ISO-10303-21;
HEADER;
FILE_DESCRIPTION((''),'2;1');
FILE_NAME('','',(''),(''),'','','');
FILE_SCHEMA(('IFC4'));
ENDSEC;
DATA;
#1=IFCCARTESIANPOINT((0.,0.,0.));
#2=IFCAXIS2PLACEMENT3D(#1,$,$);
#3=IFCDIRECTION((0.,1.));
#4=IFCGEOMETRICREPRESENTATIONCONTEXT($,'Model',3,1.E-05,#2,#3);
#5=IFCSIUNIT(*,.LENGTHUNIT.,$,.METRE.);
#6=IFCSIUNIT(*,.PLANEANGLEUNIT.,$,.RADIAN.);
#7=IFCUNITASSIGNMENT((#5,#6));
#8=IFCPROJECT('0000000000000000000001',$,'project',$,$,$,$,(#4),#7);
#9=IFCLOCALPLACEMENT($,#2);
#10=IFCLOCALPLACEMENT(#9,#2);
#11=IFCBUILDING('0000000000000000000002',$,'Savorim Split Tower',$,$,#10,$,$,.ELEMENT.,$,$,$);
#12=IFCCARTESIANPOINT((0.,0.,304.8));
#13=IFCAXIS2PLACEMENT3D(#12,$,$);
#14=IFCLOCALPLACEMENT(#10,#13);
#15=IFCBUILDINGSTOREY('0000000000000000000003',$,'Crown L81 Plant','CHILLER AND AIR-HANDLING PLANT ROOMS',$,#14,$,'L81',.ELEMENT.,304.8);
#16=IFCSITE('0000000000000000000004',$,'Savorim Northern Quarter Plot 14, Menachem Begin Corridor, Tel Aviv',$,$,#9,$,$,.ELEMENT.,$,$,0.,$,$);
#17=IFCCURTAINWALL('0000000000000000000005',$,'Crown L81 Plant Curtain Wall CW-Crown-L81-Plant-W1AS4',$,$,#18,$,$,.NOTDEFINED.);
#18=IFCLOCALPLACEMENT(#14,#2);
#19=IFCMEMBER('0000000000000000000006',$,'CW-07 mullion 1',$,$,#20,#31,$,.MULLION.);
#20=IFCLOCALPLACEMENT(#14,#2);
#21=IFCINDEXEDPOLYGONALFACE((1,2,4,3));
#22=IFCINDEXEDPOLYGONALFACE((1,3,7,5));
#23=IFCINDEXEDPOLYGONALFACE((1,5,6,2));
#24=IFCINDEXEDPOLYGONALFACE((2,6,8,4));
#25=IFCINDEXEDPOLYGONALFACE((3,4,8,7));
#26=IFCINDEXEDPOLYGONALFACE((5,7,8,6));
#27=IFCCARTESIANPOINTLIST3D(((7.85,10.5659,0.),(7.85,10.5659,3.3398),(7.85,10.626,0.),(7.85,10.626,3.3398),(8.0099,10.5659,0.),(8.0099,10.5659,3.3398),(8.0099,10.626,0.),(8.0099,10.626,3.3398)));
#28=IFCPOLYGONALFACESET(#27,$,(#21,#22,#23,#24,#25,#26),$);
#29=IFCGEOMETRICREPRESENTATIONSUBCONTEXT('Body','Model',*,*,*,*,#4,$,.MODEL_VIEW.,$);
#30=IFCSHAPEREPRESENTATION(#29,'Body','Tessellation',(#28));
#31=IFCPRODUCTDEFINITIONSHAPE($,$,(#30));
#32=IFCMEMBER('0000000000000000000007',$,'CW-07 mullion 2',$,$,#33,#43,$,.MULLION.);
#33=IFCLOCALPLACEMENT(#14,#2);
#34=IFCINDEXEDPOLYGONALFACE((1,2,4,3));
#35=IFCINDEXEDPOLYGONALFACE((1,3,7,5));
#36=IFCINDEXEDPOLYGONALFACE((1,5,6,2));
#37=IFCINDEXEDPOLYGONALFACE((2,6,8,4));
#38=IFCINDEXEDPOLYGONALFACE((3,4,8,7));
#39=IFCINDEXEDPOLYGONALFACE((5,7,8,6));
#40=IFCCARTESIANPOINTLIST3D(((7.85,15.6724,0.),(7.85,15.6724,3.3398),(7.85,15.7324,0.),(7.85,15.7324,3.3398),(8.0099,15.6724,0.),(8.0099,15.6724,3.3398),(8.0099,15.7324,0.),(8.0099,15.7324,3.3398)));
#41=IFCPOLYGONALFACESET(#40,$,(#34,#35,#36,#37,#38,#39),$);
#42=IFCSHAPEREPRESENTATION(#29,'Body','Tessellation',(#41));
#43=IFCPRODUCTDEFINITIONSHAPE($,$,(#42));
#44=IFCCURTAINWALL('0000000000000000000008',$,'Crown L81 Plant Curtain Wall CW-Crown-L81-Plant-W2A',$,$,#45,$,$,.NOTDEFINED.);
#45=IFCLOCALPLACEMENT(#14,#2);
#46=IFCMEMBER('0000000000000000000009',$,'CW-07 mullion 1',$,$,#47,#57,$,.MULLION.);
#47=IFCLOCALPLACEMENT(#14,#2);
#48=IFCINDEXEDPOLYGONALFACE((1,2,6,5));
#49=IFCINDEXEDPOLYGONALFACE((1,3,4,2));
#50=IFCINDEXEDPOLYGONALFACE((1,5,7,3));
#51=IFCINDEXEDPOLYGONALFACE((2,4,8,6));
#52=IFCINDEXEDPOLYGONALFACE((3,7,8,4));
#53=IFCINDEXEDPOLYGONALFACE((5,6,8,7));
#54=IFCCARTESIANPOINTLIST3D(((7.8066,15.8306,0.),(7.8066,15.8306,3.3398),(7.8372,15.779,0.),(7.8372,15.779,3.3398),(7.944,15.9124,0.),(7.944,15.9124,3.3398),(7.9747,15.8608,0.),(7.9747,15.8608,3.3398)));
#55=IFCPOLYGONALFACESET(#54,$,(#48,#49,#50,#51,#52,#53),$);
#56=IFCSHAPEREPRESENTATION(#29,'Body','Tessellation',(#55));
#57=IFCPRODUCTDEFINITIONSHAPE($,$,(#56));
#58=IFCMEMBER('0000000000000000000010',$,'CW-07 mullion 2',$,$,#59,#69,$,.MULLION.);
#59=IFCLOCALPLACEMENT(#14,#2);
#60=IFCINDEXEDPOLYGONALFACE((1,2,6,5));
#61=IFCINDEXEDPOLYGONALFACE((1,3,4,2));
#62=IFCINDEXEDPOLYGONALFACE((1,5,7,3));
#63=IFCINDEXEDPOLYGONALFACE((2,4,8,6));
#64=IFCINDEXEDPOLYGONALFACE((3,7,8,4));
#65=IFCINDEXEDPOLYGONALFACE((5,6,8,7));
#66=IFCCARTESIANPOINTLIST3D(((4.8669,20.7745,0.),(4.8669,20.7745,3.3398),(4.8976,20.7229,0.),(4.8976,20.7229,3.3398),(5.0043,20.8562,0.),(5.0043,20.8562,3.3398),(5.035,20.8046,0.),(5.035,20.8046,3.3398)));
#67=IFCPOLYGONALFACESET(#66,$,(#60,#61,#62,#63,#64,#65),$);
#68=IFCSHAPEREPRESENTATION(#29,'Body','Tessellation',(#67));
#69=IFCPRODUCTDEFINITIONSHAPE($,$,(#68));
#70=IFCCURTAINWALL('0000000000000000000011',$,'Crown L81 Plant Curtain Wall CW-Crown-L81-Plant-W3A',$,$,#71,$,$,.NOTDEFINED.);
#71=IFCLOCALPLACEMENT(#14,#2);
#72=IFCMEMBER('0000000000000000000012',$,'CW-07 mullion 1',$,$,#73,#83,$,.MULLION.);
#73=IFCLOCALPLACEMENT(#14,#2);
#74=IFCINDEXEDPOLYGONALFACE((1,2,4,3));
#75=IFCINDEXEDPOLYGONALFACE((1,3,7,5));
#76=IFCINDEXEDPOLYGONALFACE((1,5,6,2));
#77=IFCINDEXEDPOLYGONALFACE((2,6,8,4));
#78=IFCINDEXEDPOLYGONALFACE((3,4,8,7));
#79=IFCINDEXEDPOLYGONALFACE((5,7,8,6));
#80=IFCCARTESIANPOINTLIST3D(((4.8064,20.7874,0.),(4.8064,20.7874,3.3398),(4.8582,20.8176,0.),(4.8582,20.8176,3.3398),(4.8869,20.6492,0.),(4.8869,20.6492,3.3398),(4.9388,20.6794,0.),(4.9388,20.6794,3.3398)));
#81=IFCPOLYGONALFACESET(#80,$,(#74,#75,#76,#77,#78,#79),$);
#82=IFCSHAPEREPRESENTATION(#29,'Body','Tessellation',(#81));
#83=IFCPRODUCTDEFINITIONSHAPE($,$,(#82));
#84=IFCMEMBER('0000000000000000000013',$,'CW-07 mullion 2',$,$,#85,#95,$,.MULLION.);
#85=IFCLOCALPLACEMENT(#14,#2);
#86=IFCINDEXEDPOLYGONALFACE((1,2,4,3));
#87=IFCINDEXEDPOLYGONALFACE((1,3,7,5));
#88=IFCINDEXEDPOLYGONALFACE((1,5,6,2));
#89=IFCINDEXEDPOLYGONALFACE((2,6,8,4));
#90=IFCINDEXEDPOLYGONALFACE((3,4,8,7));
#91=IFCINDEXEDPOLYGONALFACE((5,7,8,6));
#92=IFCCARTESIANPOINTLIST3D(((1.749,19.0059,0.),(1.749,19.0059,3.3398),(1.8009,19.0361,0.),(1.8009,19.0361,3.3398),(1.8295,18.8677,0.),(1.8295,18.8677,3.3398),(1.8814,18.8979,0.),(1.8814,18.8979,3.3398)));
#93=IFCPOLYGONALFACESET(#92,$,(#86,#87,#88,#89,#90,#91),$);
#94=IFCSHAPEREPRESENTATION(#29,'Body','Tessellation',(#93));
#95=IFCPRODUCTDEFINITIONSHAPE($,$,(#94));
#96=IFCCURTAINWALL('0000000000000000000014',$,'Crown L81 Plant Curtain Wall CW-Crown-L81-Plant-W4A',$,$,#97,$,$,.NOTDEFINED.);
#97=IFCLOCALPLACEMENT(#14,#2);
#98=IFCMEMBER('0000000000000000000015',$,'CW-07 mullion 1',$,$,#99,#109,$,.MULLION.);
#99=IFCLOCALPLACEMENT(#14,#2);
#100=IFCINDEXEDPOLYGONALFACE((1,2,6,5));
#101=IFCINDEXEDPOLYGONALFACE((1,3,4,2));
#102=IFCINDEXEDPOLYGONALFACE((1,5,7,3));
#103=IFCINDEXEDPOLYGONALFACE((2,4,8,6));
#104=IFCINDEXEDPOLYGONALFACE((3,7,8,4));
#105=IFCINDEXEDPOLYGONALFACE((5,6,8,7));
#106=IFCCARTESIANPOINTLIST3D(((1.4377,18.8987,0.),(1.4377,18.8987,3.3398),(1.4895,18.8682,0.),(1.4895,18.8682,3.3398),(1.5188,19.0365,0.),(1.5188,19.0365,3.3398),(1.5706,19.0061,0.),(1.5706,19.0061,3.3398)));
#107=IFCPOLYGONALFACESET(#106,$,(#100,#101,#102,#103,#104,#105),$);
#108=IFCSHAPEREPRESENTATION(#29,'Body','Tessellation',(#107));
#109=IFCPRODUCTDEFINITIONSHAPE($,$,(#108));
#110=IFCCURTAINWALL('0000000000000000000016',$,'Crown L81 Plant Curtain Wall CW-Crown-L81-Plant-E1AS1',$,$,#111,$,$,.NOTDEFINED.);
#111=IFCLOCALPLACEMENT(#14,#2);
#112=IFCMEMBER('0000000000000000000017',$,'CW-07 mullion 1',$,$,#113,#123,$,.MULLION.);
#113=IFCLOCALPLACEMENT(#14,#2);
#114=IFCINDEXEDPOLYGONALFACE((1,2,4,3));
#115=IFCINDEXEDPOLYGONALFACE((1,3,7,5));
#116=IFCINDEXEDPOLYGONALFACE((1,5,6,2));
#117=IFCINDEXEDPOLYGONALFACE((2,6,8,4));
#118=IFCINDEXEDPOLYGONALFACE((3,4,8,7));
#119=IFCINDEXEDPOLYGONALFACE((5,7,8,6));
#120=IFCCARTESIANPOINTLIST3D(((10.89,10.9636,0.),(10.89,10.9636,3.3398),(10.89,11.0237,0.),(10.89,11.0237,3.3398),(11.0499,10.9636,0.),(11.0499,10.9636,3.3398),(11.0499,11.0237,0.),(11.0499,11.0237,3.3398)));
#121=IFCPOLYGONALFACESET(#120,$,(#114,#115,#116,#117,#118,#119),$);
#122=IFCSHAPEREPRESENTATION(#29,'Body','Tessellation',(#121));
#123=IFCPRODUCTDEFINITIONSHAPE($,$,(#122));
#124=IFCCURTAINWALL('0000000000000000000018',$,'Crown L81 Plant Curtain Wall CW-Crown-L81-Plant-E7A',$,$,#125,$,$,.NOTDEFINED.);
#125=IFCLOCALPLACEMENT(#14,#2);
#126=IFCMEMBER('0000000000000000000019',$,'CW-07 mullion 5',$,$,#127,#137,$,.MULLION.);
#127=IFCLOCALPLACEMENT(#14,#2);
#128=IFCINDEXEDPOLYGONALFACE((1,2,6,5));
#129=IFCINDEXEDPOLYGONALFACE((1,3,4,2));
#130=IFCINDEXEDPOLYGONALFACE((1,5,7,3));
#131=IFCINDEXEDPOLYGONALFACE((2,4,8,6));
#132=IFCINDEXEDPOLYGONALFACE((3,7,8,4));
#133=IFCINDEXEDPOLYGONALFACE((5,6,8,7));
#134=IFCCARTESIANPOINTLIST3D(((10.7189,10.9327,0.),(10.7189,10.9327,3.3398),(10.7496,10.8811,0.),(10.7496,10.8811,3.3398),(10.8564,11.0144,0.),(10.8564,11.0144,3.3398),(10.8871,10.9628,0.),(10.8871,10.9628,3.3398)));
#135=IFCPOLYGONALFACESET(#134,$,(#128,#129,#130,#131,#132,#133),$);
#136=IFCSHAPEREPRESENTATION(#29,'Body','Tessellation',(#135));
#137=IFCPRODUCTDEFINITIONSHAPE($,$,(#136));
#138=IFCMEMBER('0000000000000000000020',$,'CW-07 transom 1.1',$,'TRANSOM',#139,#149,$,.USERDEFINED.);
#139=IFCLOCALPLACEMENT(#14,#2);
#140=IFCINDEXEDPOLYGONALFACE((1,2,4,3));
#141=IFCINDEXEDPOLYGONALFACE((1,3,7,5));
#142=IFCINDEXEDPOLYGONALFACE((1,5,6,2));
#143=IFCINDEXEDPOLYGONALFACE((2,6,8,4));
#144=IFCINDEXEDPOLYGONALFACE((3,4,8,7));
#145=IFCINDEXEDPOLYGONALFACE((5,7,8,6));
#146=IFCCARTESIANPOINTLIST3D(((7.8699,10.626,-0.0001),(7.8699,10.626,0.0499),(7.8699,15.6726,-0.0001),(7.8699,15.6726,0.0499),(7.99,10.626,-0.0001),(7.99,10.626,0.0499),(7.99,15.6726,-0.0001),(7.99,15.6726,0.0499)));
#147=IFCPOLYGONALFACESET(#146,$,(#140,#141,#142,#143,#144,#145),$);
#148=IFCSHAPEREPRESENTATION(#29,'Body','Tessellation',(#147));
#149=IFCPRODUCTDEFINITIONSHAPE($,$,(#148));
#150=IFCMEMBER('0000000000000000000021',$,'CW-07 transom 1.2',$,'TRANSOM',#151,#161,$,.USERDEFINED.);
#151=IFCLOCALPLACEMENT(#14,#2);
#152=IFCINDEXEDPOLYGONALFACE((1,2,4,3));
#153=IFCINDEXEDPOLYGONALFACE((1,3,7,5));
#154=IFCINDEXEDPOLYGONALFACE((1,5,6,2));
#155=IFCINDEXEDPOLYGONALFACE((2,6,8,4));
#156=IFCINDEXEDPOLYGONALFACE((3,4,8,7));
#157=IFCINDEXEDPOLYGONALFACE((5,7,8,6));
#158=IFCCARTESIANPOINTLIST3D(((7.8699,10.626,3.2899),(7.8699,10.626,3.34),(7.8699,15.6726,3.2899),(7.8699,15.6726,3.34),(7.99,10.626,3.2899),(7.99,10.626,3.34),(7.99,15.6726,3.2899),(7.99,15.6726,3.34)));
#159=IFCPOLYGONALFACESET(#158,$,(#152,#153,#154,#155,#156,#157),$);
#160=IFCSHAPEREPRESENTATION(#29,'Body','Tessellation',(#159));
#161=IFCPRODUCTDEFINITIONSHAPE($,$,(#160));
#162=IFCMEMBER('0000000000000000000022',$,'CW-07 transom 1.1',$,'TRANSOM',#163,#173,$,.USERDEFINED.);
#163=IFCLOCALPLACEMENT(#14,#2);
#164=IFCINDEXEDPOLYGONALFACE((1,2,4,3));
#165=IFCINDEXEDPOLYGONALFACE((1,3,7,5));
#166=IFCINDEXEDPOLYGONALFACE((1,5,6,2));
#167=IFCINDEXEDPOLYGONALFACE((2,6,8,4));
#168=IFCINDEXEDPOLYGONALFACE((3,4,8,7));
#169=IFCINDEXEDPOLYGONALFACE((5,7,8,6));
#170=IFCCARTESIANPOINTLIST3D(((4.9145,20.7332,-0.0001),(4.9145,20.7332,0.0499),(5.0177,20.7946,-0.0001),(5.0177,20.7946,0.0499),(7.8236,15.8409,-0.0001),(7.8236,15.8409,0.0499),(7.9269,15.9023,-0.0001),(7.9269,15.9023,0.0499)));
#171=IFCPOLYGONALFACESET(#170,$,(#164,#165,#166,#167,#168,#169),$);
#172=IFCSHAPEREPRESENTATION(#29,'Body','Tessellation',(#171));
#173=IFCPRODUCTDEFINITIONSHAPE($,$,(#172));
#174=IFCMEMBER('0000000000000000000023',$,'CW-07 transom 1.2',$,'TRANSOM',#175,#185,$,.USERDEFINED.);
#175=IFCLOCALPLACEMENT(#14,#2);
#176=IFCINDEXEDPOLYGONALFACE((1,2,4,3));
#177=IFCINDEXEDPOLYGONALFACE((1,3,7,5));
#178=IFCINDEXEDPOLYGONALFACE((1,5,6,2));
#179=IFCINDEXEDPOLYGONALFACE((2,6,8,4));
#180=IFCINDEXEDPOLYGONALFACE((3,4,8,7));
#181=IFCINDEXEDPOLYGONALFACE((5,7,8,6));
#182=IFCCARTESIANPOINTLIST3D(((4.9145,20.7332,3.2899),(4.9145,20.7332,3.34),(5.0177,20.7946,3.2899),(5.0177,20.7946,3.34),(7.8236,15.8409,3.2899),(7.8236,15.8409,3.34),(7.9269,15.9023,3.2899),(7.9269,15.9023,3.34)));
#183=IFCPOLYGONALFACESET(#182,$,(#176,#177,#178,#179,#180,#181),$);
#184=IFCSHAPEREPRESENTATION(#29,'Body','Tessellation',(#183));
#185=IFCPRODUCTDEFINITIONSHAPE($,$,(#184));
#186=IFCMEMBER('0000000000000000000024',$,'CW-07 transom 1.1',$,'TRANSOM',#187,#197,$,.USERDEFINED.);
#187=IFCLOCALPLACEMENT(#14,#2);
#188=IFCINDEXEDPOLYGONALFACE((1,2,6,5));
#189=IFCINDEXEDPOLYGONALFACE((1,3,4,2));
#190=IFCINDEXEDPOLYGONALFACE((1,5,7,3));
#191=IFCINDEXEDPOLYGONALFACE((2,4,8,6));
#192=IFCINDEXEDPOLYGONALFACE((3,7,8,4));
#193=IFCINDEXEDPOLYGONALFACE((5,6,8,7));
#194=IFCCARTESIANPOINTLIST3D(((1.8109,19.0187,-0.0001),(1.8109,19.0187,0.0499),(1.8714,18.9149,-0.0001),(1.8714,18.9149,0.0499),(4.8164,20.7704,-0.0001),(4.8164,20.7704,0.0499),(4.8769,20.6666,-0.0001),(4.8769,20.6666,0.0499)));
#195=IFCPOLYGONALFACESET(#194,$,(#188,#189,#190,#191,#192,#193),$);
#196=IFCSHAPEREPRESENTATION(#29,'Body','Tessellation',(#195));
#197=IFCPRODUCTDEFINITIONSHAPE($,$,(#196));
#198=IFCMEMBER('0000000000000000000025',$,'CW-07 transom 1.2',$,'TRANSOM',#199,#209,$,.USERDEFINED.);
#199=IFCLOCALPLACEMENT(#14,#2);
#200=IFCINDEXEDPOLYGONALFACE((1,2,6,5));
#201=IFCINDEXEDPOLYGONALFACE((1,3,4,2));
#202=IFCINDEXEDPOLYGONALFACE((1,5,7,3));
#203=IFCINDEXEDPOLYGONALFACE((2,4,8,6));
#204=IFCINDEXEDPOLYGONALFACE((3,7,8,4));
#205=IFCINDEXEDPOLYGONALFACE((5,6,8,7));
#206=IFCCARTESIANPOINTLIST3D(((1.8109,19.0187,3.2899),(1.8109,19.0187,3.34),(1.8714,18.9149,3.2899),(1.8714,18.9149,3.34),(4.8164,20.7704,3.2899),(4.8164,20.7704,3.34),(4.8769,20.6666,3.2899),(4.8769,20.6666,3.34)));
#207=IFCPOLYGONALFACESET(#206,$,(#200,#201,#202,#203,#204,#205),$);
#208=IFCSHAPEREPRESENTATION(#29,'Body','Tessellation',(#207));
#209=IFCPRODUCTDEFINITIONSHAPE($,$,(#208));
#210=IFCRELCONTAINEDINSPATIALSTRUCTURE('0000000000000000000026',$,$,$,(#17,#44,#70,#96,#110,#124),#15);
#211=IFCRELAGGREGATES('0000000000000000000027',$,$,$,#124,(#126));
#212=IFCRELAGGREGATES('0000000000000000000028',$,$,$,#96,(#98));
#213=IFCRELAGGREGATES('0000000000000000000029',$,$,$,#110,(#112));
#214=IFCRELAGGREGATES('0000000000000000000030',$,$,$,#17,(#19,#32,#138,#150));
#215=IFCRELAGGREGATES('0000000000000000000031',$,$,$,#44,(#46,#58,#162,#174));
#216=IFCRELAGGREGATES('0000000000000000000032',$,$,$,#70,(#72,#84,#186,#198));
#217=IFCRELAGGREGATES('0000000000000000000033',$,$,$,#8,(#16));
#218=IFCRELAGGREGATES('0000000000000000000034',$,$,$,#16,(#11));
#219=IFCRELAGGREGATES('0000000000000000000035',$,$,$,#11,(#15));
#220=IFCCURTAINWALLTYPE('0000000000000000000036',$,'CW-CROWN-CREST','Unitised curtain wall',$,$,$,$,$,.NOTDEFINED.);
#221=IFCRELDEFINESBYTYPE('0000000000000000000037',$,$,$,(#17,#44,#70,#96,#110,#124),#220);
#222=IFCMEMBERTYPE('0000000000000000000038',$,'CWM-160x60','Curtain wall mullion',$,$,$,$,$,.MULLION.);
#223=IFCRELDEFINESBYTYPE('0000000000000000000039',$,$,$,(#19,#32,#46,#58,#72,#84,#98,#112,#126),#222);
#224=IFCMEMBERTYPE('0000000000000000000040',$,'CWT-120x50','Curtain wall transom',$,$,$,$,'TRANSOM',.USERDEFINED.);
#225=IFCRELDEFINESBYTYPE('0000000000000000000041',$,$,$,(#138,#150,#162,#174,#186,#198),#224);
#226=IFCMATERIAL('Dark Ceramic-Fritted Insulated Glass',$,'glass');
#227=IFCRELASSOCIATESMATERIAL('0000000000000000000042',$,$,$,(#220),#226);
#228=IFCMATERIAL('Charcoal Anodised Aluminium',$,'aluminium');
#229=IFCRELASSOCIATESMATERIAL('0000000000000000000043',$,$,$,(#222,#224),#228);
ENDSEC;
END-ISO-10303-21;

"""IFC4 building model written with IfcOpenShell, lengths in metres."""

from ifc_helpers import new_model, si_unit, direction, frame, origin, origin_2d, place, context, subcontext, project, spatial, rectangle, extrude, material, material_profile, profile_set, type_object, element, aggregate, save


model = new_model("IFC4")

# Units and contexts
model_context = context("Model", 3, precision=1e-05, world=origin(), true_north=direction((0.0, 1.0)))
body_context = subcontext(model_context, "Body", "Model", "MODEL_VIEW")
ifc_project = project(units=[si_unit("LENGTHUNIT", "METRE"), si_unit("PLANEANGLEUNIT", "RADIAN")], contexts=[model_context])

# Site, building, storey
site_placement = place(None, origin())
site = spatial("IfcSite", under=ifc_project, at=site_placement, Name="Savorim Northern Quarter Plot 14, Menachem Begin Corridor, Tel Aviv", CompositionType="ELEMENT", RefElevation=0.0)
building_placement = place(site_placement, origin())
building = spatial("IfcBuilding", under=site, at=building_placement, Name="Savorim Split Tower", CompositionType="ELEMENT")
storey_placement = place(building_placement, frame((0.0, 0.0, 304.8)))
storey = spatial("IfcBuildingStorey", under=building, at=storey_placement, Name="Crown L81 Plant", Description="CHILLER AND AIR-HANDLING PLANT ROOMS", LongName="L81", CompositionType="ELEMENT", Elevation=304.8)

# Curtain walls, members
ifc_material_1 = material(Name="Dark Ceramic-Fritted Insulated Glass", Category="glass")
curtain_wall_type = type_object("IfcCurtainWallType", Name="CW-CROWN-CREST", Description="Unitised curtain wall", PredefinedType="NOTDEFINED", material=ifc_material_1)
curtain_wall_1_placement = place(storey_placement, origin())
curtain_wall_1 = element("IfcCurtainWall", 1, at=curtain_wall_1_placement, inside=storey, type_object=curtain_wall_type, Name="Crown L81 Plant Curtain Wall CW-Crown-L81-Plant-W1AS4", PredefinedType="NOTDEFINED")
ifc_material_2 = material(Name="Charcoal Anodised Aluminium", Category="aluminium")
ifc_material_profile_1 = material_profile(ifc_material_2, rectangle(XDim=0.1599, YDim=0.0601, at=origin_2d()), Name="ALU-M 160x60")
ifc_profile_set_1 = profile_set([ifc_material_profile_1], Name="Charcoal Anodised Aluminium")
member_type_1 = type_object("IfcMemberType", Name="CWM-160x60", Description="Curtain wall mullion", PredefinedType="MULLION", material=ifc_profile_set_1)
member_1_placement = place(storey_placement, frame((7.9299, 10.5959, 0.0), z_axis=(0.0, 0.0, 1.0), x_axis=(-1.0, 0.0, 0.0)))
member_1 = element("IfcMember", 2, at=member_1_placement, type_object=member_type_1, Name="CW-07 mullion 1", PredefinedType="MULLION", context=body_context, shape_type="SweptSolid", body=[
    extrude(rectangle(XDim=0.1599, YDim=0.0601, at=origin_2d()), origin(), (0.0, 0.0, 1.0), 3.3398),
])
member_2_placement = place(storey_placement, frame((7.9299, 15.7024, 0.0), z_axis=(0.0, 0.0, 1.0), x_axis=(-1.0, 0.0, 0.0)))
member_2 = element("IfcMember", 3, at=member_2_placement, type_object=member_type_1, Name="CW-07 mullion 2", PredefinedType="MULLION", context=body_context, shape_type="SweptSolid", body=[
    extrude(rectangle(XDim=0.1599, YDim=0.0601, at=origin_2d()), origin(), (0.0, 0.0, 1.0), 3.3398),
])
curtain_wall_2_placement = place(storey_placement, origin())
curtain_wall_2 = element("IfcCurtainWall", 4, at=curtain_wall_2_placement, inside=storey, type_object=curtain_wall_type, Name="Crown L81 Plant Curtain Wall CW-Crown-L81-Plant-W2A", PredefinedType="NOTDEFINED")
member_3_placement = place(storey_placement, frame((7.8906, 15.8457, 0.0), z_axis=(0.0, 0.0, 1.0), x_axis=(-0.859521, -0.511101, 0.0)))
member_3 = element("IfcMember", 5, at=member_3_placement, type_object=member_type_1, Name="CW-07 mullion 1", PredefinedType="MULLION", context=body_context, shape_type="SweptSolid", body=[
    extrude(rectangle(XDim=0.1599, YDim=0.0601, at=origin_2d()), origin(), (0.0, 0.0, 1.0), 3.3398),
])
member_4_placement = place(storey_placement, frame((4.9509, 20.7896, 0.0), z_axis=(0.0, 0.0, 1.0), x_axis=(-0.859521, -0.511101, 0.0)))
member_4 = element("IfcMember", 6, at=member_4_placement, type_object=member_type_1, Name="CW-07 mullion 2", PredefinedType="MULLION", context=body_context, shape_type="SweptSolid", body=[
    extrude(rectangle(XDim=0.1599, YDim=0.0601, at=origin_2d()), origin(), (0.0, 0.0, 1.0), 3.3398),
])
curtain_wall_3_placement = place(storey_placement, origin())
curtain_wall_3 = element("IfcCurtainWall", 7, at=curtain_wall_3_placement, inside=storey, type_object=curtain_wall_type, Name="Crown L81 Plant Curtain Wall CW-Crown-L81-Plant-W3A", PredefinedType="NOTDEFINED")
member_5_placement = place(storey_placement, frame((4.8726, 20.7334, 0.0), z_axis=(0.0, 0.0, 1.0), x_axis=(0.50351, -0.863989, 0.0)))
member_5 = element("IfcMember", 8, at=member_5_placement, type_object=member_type_1, Name="CW-07 mullion 1", PredefinedType="MULLION", context=body_context, shape_type="SweptSolid", body=[
    extrude(rectangle(XDim=0.1599, YDim=0.0601, at=origin_2d()), origin(), (0.0, 0.0, 1.0), 3.3398),
])
member_6_placement = place(storey_placement, frame((1.8152, 18.9519, 0.0), z_axis=(0.0, 0.0, 1.0), x_axis=(0.50351, -0.863989, 0.0)))
member_6 = element("IfcMember", 9, at=member_6_placement, type_object=member_type_1, Name="CW-07 mullion 2", PredefinedType="MULLION", context=body_context, shape_type="SweptSolid", body=[
    extrude(rectangle(XDim=0.1599, YDim=0.0601, at=origin_2d()), origin(), (0.0, 0.0, 1.0), 3.3398),
])

# Curtain walls, members
curtain_wall_4_placement = place(storey_placement, origin())
curtain_wall_4 = element("IfcCurtainWall", 10, at=curtain_wall_4_placement, inside=storey, type_object=curtain_wall_type, Name="Crown L81 Plant Curtain Wall CW-Crown-L81-Plant-W4A", PredefinedType="NOTDEFINED")
member_7_placement = place(storey_placement, frame((1.5042, 18.9524, 0.0), z_axis=(0.0, 0.0, 1.0), x_axis=(-0.506693, -0.862127, 0.0)))
member_7 = element("IfcMember", 11, at=member_7_placement, type_object=member_type_1, Name="CW-07 mullion 1", PredefinedType="MULLION", context=body_context, shape_type="SweptSolid", body=[
    extrude(rectangle(XDim=0.1599, YDim=0.0601, at=origin_2d()), origin(), (0.0, 0.0, 1.0), 3.3398),
])
curtain_wall_5_placement = place(storey_placement, origin())
curtain_wall_5 = element("IfcCurtainWall", 12, at=curtain_wall_5_placement, inside=storey, type_object=curtain_wall_type, Name="Crown L81 Plant Curtain Wall CW-Crown-L81-Plant-E1AS1", PredefinedType="NOTDEFINED")
member_8_placement = place(storey_placement, frame((10.97, 10.9937, 0.0), z_axis=(0.0, 0.0, 1.0), x_axis=(1.0, 0.0, 0.0)))
member_8 = element("IfcMember", 13, at=member_8_placement, type_object=member_type_1, Name="CW-07 mullion 1", PredefinedType="MULLION", context=body_context, shape_type="SweptSolid", body=[
    extrude(rectangle(XDim=0.1599, YDim=0.0601, at=origin_2d()), origin(), (0.0, 0.0, 1.0), 3.3398),
])
curtain_wall_6_placement = place(storey_placement, origin())
curtain_wall_6 = element("IfcCurtainWall", 14, at=curtain_wall_6_placement, inside=storey, type_object=curtain_wall_type, Name="Crown L81 Plant Curtain Wall CW-Crown-L81-Plant-E7A", PredefinedType="NOTDEFINED")
member_9_placement = place(storey_placement, frame((10.803, 10.9478, 0.0), z_axis=(0.0, 0.0, 1.0), x_axis=(-0.859525, -0.511094, 0.0)))
member_9 = element("IfcMember", 15, at=member_9_placement, type_object=member_type_1, Name="CW-07 mullion 5", PredefinedType="MULLION", context=body_context, shape_type="SweptSolid", body=[
    extrude(rectangle(XDim=0.1599, YDim=0.0601, at=origin_2d()), origin(), (0.0, 0.0, 1.0), 3.3398),
])
aggregate(curtain_wall_6, [member_9])

# Members
ifc_material_profile_2 = material_profile(ifc_material_2, rectangle(XDim=0.1201, YDim=0.05, at=origin_2d()), Name="ALU-T 120x50")
ifc_profile_set_2 = profile_set([ifc_material_profile_2], Name="Charcoal Anodised Aluminium")
member_type_2 = type_object("IfcMemberType", Name="CWT-120x50", Description="Curtain wall transom", ElementType="TRANSOM", PredefinedType="USERDEFINED", material=ifc_profile_set_2)
member_10_placement = place(storey_placement, frame((7.9299, 10.626, 0.0249), z_axis=(0.0, 1.0, 0.0), x_axis=(-1.0, 0.0, 0.0)))
member_10 = element("IfcMember", 16, at=member_10_placement, type_object=member_type_2, Name="CW-07 transom 1.1", ObjectType="TRANSOM", PredefinedType="USERDEFINED", context=body_context, shape_type="SweptSolid", body=[
    extrude(rectangle(XDim=0.1201, YDim=0.05, at=origin_2d()), origin(), (0.0, 0.0, 1.0), 5.0466),
])
member_11_placement = place(storey_placement, frame((7.9299, 10.626, 3.3149), z_axis=(0.0, 1.0, 0.0), x_axis=(-1.0, 0.0, 0.0)))
member_11 = element("IfcMember", 17, at=member_11_placement, type_object=member_type_2, Name="CW-07 transom 1.2", ObjectType="TRANSOM", PredefinedType="USERDEFINED", context=body_context, shape_type="SweptSolid", body=[
    extrude(rectangle(XDim=0.1201, YDim=0.05, at=origin_2d()), origin(), (0.0, 0.0, 1.0), 5.0466),
])
member_12_placement = place(storey_placement, frame((7.8752, 15.8716, 0.0249), z_axis=(-0.511105, 0.859519, 0.0), x_axis=(-0.859519, -0.511105, 0.0)))
member_12 = element("IfcMember", 18, at=member_12_placement, type_object=member_type_2, Name="CW-07 transom 1.1", ObjectType="TRANSOM", PredefinedType="USERDEFINED", context=body_context, shape_type="SweptSolid", body=[
    extrude(rectangle(XDim=0.1201, YDim=0.05, at=origin_2d()), origin(), (0.0, 0.0, 1.0), 5.6919),
])
member_13_placement = place(storey_placement, frame((7.8752, 15.8716, 3.3149), z_axis=(-0.511105, 0.859519, 0.0), x_axis=(-0.859519, -0.511105, 0.0)))
member_13 = element("IfcMember", 19, at=member_13_placement, type_object=member_type_2, Name="CW-07 transom 1.2", ObjectType="TRANSOM", PredefinedType="USERDEFINED", context=body_context, shape_type="SweptSolid", body=[
    extrude(rectangle(XDim=0.1201, YDim=0.05, at=origin_2d()), origin(), (0.0, 0.0, 1.0), 5.6919),
])
member_14_placement = place(storey_placement, frame((4.8467, 20.7185, 0.0249), z_axis=(-0.863975, -0.503535, 0.0), x_axis=(0.503535, -0.863975, 0.0)))
member_14 = element("IfcMember", 20, at=member_14_placement, type_object=member_type_2, Name="CW-07 transom 1.1", ObjectType="TRANSOM", PredefinedType="USERDEFINED", context=body_context, shape_type="SweptSolid", body=[
    extrude(rectangle(XDim=0.1201, YDim=0.05, at=origin_2d()), origin(), (0.0, 0.0, 1.0), 3.4788),
])
member_15_placement = place(storey_placement, frame((4.8467, 20.7185, 3.3149), z_axis=(-0.863975, -0.503535, 0.0), x_axis=(0.503535, -0.863975, 0.0)))
member_15 = element("IfcMember", 21, at=member_15_placement, type_object=member_type_2, Name="CW-07 transom 1.2", ObjectType="TRANSOM", PredefinedType="USERDEFINED", context=body_context, shape_type="SweptSolid", body=[
    extrude(rectangle(XDim=0.1201, YDim=0.05, at=origin_2d()), origin(), (0.0, 0.0, 1.0), 3.4788),
])
aggregate(curtain_wall_4, [member_7])
aggregate(curtain_wall_5, [member_8])

aggregate(curtain_wall_1, [member_1, member_2, member_10, member_11])
aggregate(curtain_wall_2, [member_3, member_4, member_12, member_13])
aggregate(curtain_wall_3, [member_5, member_6, member_14, member_15])

save(model, "model.ifc")
